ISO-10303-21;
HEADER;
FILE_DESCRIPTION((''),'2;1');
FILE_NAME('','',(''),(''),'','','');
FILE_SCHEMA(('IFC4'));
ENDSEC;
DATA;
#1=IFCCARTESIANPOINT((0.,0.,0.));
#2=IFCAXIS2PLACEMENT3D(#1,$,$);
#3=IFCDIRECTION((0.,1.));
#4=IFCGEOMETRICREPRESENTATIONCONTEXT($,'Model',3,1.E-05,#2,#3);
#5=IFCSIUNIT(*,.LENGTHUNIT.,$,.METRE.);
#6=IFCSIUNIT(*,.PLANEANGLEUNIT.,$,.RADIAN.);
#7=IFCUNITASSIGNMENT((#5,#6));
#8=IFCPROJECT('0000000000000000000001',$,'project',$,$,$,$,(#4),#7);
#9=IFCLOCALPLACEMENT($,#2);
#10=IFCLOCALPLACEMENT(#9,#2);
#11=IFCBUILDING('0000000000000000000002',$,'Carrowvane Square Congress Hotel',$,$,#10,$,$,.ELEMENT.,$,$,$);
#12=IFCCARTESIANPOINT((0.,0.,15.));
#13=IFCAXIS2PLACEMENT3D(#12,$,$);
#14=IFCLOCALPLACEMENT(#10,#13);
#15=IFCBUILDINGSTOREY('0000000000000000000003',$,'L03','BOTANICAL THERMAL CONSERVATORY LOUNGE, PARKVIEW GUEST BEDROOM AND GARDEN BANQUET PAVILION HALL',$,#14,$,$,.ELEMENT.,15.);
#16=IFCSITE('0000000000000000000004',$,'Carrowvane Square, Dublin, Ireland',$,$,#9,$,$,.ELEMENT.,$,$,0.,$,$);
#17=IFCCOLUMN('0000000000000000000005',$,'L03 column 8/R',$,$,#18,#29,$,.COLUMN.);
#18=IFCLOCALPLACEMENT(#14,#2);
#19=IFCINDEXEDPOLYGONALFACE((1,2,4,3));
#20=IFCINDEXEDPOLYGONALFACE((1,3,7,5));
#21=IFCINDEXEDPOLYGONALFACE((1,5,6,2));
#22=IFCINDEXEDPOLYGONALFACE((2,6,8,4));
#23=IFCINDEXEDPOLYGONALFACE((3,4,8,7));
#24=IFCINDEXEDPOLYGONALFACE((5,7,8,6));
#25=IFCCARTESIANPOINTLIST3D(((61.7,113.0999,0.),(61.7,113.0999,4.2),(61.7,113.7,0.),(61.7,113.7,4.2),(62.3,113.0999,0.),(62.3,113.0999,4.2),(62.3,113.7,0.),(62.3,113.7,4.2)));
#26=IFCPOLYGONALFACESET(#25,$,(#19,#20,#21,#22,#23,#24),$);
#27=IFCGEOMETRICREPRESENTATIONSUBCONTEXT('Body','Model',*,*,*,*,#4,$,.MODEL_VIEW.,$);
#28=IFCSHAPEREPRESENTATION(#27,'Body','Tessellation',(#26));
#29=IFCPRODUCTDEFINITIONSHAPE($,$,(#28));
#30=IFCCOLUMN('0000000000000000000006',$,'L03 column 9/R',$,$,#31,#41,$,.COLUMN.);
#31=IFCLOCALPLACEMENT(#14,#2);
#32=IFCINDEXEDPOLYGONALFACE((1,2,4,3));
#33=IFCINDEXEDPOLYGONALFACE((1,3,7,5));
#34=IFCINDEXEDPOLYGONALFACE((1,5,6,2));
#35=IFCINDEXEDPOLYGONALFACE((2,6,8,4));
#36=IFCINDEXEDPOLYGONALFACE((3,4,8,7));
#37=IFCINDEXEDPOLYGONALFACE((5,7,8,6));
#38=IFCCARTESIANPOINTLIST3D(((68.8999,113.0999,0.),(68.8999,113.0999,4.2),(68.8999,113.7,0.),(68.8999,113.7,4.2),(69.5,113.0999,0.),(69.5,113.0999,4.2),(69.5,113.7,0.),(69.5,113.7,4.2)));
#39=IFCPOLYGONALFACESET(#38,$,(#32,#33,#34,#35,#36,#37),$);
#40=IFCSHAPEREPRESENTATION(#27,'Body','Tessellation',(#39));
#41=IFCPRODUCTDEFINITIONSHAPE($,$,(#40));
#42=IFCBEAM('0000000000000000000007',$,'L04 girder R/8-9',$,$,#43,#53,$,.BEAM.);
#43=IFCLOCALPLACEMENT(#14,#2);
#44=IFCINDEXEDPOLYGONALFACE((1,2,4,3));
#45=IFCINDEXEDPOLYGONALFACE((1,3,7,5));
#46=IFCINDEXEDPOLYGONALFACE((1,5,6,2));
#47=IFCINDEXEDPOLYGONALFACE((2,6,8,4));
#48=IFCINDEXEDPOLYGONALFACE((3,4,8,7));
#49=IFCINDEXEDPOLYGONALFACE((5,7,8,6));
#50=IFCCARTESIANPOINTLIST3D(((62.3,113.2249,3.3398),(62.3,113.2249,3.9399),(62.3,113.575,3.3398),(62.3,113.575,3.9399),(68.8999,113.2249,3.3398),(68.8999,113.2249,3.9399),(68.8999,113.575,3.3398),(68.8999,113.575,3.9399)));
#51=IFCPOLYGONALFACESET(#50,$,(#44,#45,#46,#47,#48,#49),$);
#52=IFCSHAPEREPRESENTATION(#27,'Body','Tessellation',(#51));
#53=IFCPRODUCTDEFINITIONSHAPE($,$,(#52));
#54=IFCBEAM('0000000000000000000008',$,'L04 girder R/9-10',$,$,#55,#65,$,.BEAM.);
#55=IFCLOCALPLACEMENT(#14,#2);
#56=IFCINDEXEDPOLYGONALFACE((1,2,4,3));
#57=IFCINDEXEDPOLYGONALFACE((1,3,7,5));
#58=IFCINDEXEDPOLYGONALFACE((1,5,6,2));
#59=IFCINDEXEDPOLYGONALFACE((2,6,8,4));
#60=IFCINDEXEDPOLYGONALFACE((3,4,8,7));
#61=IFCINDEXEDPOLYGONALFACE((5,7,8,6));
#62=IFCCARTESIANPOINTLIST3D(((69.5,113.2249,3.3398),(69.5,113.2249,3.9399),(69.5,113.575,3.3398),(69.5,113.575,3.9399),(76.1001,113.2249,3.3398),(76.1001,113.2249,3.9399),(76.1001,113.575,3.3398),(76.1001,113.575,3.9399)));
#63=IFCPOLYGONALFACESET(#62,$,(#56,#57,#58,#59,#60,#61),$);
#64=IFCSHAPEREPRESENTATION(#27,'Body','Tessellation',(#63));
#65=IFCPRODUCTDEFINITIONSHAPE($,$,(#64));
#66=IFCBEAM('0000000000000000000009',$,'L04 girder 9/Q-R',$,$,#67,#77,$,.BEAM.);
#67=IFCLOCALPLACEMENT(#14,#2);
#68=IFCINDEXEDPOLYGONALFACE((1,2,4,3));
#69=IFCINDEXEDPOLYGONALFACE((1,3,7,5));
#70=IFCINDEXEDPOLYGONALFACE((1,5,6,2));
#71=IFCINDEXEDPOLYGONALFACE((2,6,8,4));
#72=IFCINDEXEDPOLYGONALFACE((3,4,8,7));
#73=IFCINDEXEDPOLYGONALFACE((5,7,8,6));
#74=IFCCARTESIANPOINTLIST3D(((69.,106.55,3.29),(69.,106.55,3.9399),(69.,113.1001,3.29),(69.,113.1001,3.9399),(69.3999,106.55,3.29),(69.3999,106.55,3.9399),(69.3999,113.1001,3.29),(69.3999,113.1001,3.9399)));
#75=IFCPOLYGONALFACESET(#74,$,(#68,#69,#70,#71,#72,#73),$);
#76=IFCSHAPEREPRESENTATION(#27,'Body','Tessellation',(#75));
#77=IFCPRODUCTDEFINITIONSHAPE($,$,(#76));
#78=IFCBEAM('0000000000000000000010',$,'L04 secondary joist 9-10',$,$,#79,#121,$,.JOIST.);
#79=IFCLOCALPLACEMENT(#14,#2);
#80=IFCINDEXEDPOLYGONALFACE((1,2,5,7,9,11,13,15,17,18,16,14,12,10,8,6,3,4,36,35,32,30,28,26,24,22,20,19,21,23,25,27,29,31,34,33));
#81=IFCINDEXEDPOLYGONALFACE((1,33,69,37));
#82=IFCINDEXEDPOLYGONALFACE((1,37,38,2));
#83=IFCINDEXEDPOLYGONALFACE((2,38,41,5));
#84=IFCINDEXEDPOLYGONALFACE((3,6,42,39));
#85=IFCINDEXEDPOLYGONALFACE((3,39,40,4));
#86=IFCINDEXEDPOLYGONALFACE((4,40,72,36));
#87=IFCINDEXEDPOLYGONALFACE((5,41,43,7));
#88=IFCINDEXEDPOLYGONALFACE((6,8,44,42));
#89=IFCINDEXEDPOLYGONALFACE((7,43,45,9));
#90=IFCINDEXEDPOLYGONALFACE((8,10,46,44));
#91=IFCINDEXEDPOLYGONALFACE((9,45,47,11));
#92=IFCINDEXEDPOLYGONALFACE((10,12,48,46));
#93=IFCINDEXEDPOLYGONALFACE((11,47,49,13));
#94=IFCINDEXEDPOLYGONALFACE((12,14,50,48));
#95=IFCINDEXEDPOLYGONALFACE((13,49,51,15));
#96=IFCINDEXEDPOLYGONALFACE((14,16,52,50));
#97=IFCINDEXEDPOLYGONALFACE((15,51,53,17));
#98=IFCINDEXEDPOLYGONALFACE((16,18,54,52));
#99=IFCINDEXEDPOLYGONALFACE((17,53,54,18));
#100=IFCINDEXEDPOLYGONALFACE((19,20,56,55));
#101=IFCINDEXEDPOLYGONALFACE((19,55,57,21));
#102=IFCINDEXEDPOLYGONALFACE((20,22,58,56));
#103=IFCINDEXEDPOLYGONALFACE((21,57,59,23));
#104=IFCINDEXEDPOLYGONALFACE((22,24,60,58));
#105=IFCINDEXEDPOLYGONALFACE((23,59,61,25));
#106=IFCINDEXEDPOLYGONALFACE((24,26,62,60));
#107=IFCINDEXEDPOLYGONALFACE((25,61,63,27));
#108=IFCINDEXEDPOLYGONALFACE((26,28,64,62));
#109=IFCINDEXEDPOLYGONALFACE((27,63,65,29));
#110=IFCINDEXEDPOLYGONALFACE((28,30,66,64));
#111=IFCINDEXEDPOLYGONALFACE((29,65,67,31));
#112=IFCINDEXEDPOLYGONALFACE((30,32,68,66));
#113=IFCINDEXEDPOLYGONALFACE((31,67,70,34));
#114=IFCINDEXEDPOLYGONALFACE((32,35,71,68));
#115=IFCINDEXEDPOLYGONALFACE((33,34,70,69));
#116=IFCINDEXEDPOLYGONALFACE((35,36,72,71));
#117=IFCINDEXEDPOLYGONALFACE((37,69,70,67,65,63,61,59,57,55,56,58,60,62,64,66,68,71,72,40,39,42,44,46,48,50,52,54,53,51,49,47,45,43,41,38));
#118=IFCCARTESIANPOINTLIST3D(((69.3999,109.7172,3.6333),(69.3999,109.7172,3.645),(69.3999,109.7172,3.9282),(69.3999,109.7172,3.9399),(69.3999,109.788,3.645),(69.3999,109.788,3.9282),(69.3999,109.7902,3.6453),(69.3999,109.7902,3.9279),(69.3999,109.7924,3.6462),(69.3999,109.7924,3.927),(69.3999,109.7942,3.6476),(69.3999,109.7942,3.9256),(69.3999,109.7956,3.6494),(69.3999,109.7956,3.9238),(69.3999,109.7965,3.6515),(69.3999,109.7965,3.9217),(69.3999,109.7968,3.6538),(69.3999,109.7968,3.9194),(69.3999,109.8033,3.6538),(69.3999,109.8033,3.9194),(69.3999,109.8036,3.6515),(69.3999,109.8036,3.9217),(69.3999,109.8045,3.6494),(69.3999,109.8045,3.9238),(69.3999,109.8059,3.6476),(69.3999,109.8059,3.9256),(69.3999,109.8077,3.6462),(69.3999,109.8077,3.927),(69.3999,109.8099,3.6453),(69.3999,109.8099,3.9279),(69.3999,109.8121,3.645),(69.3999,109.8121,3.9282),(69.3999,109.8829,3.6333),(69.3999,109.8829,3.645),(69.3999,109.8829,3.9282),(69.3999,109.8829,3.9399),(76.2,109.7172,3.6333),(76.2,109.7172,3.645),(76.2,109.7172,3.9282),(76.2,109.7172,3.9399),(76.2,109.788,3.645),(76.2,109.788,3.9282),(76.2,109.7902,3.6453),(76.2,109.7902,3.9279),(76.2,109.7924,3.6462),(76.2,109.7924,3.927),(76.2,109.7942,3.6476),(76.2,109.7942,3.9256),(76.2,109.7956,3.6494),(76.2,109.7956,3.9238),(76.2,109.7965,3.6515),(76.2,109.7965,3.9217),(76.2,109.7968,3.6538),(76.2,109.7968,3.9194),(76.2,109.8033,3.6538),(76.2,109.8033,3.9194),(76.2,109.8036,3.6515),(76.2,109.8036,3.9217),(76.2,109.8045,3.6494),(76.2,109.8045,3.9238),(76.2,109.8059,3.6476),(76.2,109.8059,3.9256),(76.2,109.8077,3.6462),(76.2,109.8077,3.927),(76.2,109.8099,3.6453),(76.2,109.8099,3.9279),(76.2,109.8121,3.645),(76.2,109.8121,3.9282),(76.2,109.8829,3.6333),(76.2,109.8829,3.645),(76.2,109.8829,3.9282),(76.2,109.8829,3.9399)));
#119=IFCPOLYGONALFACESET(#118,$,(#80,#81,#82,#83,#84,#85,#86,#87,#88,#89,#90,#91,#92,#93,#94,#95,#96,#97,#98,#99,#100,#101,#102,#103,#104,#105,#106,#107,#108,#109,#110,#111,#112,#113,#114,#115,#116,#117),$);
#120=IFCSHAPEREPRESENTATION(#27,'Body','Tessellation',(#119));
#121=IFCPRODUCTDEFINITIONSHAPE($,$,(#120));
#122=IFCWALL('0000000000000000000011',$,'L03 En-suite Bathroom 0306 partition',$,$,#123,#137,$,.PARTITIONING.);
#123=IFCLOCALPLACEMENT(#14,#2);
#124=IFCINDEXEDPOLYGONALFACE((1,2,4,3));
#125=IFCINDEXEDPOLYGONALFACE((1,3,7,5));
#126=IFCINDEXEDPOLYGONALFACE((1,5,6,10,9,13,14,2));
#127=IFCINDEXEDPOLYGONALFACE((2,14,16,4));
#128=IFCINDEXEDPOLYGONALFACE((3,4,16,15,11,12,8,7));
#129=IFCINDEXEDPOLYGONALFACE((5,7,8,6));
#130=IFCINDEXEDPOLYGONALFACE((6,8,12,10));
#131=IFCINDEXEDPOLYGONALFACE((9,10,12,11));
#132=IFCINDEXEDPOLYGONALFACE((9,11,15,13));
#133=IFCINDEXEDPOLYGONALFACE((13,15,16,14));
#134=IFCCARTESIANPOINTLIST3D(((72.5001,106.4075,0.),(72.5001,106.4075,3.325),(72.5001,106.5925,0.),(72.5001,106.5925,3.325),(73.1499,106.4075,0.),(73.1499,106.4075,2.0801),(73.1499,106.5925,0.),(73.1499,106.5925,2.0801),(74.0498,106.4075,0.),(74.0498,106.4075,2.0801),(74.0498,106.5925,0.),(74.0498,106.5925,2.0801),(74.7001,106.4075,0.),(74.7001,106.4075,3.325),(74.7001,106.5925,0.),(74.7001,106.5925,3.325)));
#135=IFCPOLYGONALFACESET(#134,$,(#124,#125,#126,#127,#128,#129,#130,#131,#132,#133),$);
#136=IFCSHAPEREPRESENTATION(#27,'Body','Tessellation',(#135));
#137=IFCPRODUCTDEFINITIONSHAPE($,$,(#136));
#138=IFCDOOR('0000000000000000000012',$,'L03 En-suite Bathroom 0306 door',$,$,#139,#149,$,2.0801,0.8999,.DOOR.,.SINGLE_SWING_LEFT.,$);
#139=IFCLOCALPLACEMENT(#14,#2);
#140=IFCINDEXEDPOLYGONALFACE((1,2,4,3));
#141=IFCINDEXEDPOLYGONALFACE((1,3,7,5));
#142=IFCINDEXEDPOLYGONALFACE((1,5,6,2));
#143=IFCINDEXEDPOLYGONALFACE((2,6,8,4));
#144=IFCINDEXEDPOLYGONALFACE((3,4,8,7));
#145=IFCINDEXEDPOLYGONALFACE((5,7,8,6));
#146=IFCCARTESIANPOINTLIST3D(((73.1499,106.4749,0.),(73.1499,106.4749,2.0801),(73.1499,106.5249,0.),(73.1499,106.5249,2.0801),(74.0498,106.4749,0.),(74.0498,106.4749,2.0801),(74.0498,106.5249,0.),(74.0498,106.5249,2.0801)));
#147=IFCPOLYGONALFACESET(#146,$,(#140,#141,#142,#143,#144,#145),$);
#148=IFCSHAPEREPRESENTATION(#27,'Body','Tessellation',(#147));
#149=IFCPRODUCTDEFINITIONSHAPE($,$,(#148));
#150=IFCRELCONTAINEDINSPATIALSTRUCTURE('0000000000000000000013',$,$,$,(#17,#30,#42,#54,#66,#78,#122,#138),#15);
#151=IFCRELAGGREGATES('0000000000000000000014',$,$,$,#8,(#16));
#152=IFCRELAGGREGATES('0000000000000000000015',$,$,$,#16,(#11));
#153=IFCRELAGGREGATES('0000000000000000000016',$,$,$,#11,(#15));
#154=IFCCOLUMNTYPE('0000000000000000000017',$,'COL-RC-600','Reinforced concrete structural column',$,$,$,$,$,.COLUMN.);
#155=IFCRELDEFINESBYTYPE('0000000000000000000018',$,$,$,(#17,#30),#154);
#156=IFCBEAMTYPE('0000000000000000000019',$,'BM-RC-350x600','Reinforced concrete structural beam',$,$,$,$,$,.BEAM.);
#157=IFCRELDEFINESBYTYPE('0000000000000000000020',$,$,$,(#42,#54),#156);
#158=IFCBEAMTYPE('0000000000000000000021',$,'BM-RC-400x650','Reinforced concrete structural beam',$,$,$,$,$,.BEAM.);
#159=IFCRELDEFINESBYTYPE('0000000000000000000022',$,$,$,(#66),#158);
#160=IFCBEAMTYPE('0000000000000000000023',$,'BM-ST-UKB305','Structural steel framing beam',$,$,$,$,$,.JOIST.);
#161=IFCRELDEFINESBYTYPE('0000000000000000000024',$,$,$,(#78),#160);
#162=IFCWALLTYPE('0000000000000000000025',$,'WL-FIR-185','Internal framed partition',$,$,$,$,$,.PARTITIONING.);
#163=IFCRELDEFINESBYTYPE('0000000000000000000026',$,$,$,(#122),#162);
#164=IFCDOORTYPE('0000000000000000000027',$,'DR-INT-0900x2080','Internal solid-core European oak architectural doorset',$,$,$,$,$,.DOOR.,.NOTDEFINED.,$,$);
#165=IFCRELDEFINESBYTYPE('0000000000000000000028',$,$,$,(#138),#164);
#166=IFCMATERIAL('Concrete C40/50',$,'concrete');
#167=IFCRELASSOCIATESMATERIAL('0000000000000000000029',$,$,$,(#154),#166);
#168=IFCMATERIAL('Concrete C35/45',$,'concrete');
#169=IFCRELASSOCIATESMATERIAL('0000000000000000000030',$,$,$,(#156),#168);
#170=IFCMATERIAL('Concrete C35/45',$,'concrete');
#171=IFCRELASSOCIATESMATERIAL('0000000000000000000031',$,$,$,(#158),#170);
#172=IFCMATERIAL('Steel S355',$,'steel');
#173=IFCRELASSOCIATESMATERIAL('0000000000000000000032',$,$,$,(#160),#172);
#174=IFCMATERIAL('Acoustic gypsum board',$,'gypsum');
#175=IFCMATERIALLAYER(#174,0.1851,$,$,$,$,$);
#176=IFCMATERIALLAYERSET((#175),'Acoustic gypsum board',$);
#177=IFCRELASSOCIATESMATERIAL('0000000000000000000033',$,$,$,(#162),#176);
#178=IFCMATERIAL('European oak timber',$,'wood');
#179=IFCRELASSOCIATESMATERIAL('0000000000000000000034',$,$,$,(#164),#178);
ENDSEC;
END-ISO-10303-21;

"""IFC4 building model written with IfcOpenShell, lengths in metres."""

from ifc_helpers import new_model, si_unit, direction, frame, frame_2d, origin, origin_2d, place, context, subcontext, project, spatial, rectangle, i_section, extrude, material, layer, layer_set, material_profile, profile_set, type_object, element, fill, save


model = new_model("IFC4")

# Units and contexts
model_context = context("Model", 3, precision=1e-05, world=origin(), true_north=direction((0.0, 1.0)))
body_context = subcontext(model_context, "Body", "Model", "MODEL_VIEW")
ifc_project = project(units=[si_unit("LENGTHUNIT", "METRE"), si_unit("PLANEANGLEUNIT", "RADIAN")], contexts=[model_context])

# Site, building, storey
site_placement = place(None, origin())
site = spatial("IfcSite", under=ifc_project, at=site_placement, Name="Carrowvane Square, Dublin, Ireland", CompositionType="ELEMENT", RefElevation=0.0)
building_placement = place(site_placement, origin())
building = spatial("IfcBuilding", under=site, at=building_placement, Name="Carrowvane Square Congress Hotel", CompositionType="ELEMENT")
storey_placement = place(building_placement, frame((0.0, 0.0, 15.0)))
storey = spatial("IfcBuildingStorey", under=building, at=storey_placement, Name="L03", Description="BOTANICAL THERMAL CONSERVATORY LOUNGE, PARKVIEW GUEST BEDROOM AND GARDEN BANQUET PAVILION HALL", CompositionType="ELEMENT", Elevation=15.0)

# Columns
ifc_material_1 = material(Name="Concrete C40/50", Category="concrete")
ifc_material_profile_1 = material_profile(ifc_material_1, rectangle(XDim=0.6001, YDim=0.6001, at=origin_2d()), Name="RC 600x600")
ifc_profile_set_1 = profile_set([ifc_material_profile_1], Name="Concrete C40/50")
column_type = type_object("IfcColumnType", Name="COL-RC-600", Description="Reinforced concrete structural column", PredefinedType="COLUMN", material=ifc_profile_set_1)
for number, where, z_axis, x_axis, name in (
    (1, (62.0, 113.3999, 0.0), (0.0, 0.0, 1.0), (1.0, 0.0, 0.0), "L03 column 8/R"),
    (2, (69.2, 113.3999, 0.0), (0.0, 0.0, 1.0), (1.0, 0.0, 0.0), "L03 column 9/R"),
):
    element("IfcColumn", number, at=place(storey_placement, frame(where, z_axis=z_axis, x_axis=x_axis)), inside=storey, type_object=column_type, Name=name, PredefinedType="COLUMN", context=body_context, shape_type="SweptSolid", body=[
        extrude(rectangle(XDim=0.6001, YDim=0.6001, at=origin_2d()), origin(), (0.0, 0.0, 1.0), 4.2),
    ])

# Beams
ifc_material_2 = material(Name="Concrete C35/45", Category="concrete")
ifc_material_profile_2 = material_profile(ifc_material_2, rectangle(XDim=0.3501, YDim=0.6001, at=origin_2d()), Name="RC 350x600")
ifc_profile_set_2 = profile_set([ifc_material_profile_2], Name="Concrete C35/45")
beam_type_1 = type_object("IfcBeamType", Name="BM-RC-350x600", Description="Reinforced concrete structural beam", PredefinedType="BEAM", material=ifc_profile_set_2)
beam_1_placement = place(storey_placement, frame((62.3, 113.3999, 3.6399), z_axis=(1.0, 0.0, 0.0), x_axis=(0.0, 1.0, 0.0)))
element("IfcBeam", 3, at=beam_1_placement, inside=storey, type_object=beam_type_1, Name="L04 girder R/8-9", PredefinedType="BEAM", context=body_context, shape_type="SweptSolid", body=[
    extrude(rectangle(XDim=0.3501, YDim=0.6001, at=origin_2d()), origin(), (0.0, 0.0, 1.0), 6.5999),
])
beam_2_placement = place(storey_placement, frame((69.5, 113.3999, 3.6399), z_axis=(1.0, 0.0, 0.0), x_axis=(0.0, 1.0, 0.0)))
element("IfcBeam", 4, at=beam_2_placement, inside=storey, type_object=beam_type_1, Name="L04 girder R/9-10", PredefinedType="BEAM", context=body_context, shape_type="SweptSolid", body=[
    extrude(rectangle(XDim=0.3501, YDim=0.6001, at=origin_2d()), origin(), (0.0, 0.0, 1.0), 6.6001),
])
ifc_material_3 = material(Name="Concrete C35/45", Category="concrete")
ifc_material_profile_3 = material_profile(ifc_material_3, rectangle(XDim=0.3999, YDim=0.6499, at=origin_2d()), Name="RC 400x650")
ifc_profile_set_3 = profile_set([ifc_material_profile_3], Name="Concrete C35/45")
beam_type_2 = type_object("IfcBeamType", Name="BM-RC-400x650", Description="Reinforced concrete structural beam", PredefinedType="BEAM", material=ifc_profile_set_3)
beam_3_placement = place(storey_placement, frame((69.2, 106.55, 3.615), z_axis=(0.0, 1.0, 0.0), x_axis=(-1.0, 0.0, 0.0)))
element("IfcBeam", 5, at=beam_3_placement, inside=storey, type_object=beam_type_2, Name="L04 girder 9/Q-R", PredefinedType="BEAM", context=body_context, shape_type="SweptSolid", body=[
    extrude(rectangle(XDim=0.3999, YDim=0.6499, at=origin_2d()), origin(), (0.0, 0.0, 1.0), 6.55),
])
ifc_material_4 = material(Name="Steel S355", Category="steel")
ifc_material_profile_4 = material_profile(ifc_material_4, i_section(OverallWidth=0.1658, OverallDepth=0.3066, WebThickness=0.0066, FlangeThickness=0.0117, FilletRadius=0.0088, at=origin_2d()), Name="UKB 305x165x46")
ifc_profile_set_4 = profile_set([ifc_material_profile_4], Name="Steel S355")
beam_type_3 = type_object("IfcBeamType", Name="BM-ST-UKB305", Description="Structural steel framing beam", PredefinedType="JOIST", material=ifc_profile_set_4)
beam_4_placement = place(storey_placement, frame((69.3999, 109.8, 3.7866), z_axis=(1.0, 0.0, 0.0), x_axis=(0.0, 1.0, 0.0)))
element("IfcBeam", 6, at=beam_4_placement, inside=storey, type_object=beam_type_3, Name="L04 secondary joist 9-10", PredefinedType="JOIST", context=body_context, shape_type="SweptSolid", body=[
    extrude(i_section(OverallWidth=0.1658, OverallDepth=0.3066, WebThickness=0.0066, FlangeThickness=0.0117, FilletRadius=0.0088, at=origin_2d()), origin(), (0.0, 0.0, 1.0), 6.8),
])

# Wall, opening, door
ifc_material_5 = material(Name="Acoustic gypsum board", Category="gypsum")
ifc_layer_1 = layer(ifc_material_5, 0.1851)
ifc_layer_set_1 = layer_set([ifc_layer_1], Name="Acoustic gypsum board")
wall_type_1 = type_object("IfcWallType", Name="WL-FIR-185", Description="Internal framed partition", PredefinedType="PARTITIONING", material=ifc_layer_set_1)
wall_1_placement = place(storey_placement, frame((72.5, 106.5, 0.0), z_axis=(0.0, 0.0, 1.0), x_axis=(1.0, 0.0, 0.0)))
wall_1 = element("IfcWall", 7, at=wall_1_placement, inside=storey, type_object=wall_type_1, Name="L03 En-suite Bathroom 0306 partition", PredefinedType="PARTITIONING", context=body_context, shape_type="SweptSolid", body=[
    extrude(rectangle(XDim=2.2, YDim=0.1851, at=frame_2d((1.1001, 0.0))), origin(), (0.0, 0.0, 1.0), 3.325),
])
opening_1_placement = place(wall_1_placement, frame((0.6499, 0.0, 0.0)))
opening_1 = element("IfcOpeningElement", 8, at=opening_1_placement, cuts=wall_1, PredefinedType="OPENING", context=body_context, shape_type="SweptSolid", body=[
    extrude(rectangle(XDim=0.8999, YDim=2.0801, at=frame_2d((0.45, 1.04))), frame((0.0, 0.1025, 0.0), z_axis=(0.0, -1.0, 0.0), x_axis=(1.0, 0.0, 0.0)), (0.0, 0.0, 1.0), 0.2051),
])
ifc_material_6 = material(Name="European oak timber", Category="wood")
door_type_1 = type_object("IfcDoorType", Name="DR-INT-0900x2080", Description="Internal solid-core European oak architectural doorset", OperationType="NOTDEFINED", PredefinedType="DOOR", material=ifc_material_6)
door_1_placement = place(opening_1_placement, origin())
door_1 = element("IfcDoor", 9, at=door_1_placement, inside=storey, type_object=door_type_1, Name="L03 En-suite Bathroom 0306 door", OperationType="SINGLE_SWING_LEFT", OverallHeight=2.0801, OverallWidth=0.8999, PredefinedType="DOOR", context=body_context, shape_type="SweptSolid", body=[
    extrude(rectangle(XDim=0.8999, YDim=2.0801, at=frame_2d((0.45, 1.04))), frame((0.0, 0.0249, 0.0), z_axis=(0.0, -1.0, 0.0), x_axis=(1.0, 0.0, 0.0)), (0.0, 0.0, 1.0), 0.05),
])
fill(opening_1, door_1)

save(model, "model.ifc")
